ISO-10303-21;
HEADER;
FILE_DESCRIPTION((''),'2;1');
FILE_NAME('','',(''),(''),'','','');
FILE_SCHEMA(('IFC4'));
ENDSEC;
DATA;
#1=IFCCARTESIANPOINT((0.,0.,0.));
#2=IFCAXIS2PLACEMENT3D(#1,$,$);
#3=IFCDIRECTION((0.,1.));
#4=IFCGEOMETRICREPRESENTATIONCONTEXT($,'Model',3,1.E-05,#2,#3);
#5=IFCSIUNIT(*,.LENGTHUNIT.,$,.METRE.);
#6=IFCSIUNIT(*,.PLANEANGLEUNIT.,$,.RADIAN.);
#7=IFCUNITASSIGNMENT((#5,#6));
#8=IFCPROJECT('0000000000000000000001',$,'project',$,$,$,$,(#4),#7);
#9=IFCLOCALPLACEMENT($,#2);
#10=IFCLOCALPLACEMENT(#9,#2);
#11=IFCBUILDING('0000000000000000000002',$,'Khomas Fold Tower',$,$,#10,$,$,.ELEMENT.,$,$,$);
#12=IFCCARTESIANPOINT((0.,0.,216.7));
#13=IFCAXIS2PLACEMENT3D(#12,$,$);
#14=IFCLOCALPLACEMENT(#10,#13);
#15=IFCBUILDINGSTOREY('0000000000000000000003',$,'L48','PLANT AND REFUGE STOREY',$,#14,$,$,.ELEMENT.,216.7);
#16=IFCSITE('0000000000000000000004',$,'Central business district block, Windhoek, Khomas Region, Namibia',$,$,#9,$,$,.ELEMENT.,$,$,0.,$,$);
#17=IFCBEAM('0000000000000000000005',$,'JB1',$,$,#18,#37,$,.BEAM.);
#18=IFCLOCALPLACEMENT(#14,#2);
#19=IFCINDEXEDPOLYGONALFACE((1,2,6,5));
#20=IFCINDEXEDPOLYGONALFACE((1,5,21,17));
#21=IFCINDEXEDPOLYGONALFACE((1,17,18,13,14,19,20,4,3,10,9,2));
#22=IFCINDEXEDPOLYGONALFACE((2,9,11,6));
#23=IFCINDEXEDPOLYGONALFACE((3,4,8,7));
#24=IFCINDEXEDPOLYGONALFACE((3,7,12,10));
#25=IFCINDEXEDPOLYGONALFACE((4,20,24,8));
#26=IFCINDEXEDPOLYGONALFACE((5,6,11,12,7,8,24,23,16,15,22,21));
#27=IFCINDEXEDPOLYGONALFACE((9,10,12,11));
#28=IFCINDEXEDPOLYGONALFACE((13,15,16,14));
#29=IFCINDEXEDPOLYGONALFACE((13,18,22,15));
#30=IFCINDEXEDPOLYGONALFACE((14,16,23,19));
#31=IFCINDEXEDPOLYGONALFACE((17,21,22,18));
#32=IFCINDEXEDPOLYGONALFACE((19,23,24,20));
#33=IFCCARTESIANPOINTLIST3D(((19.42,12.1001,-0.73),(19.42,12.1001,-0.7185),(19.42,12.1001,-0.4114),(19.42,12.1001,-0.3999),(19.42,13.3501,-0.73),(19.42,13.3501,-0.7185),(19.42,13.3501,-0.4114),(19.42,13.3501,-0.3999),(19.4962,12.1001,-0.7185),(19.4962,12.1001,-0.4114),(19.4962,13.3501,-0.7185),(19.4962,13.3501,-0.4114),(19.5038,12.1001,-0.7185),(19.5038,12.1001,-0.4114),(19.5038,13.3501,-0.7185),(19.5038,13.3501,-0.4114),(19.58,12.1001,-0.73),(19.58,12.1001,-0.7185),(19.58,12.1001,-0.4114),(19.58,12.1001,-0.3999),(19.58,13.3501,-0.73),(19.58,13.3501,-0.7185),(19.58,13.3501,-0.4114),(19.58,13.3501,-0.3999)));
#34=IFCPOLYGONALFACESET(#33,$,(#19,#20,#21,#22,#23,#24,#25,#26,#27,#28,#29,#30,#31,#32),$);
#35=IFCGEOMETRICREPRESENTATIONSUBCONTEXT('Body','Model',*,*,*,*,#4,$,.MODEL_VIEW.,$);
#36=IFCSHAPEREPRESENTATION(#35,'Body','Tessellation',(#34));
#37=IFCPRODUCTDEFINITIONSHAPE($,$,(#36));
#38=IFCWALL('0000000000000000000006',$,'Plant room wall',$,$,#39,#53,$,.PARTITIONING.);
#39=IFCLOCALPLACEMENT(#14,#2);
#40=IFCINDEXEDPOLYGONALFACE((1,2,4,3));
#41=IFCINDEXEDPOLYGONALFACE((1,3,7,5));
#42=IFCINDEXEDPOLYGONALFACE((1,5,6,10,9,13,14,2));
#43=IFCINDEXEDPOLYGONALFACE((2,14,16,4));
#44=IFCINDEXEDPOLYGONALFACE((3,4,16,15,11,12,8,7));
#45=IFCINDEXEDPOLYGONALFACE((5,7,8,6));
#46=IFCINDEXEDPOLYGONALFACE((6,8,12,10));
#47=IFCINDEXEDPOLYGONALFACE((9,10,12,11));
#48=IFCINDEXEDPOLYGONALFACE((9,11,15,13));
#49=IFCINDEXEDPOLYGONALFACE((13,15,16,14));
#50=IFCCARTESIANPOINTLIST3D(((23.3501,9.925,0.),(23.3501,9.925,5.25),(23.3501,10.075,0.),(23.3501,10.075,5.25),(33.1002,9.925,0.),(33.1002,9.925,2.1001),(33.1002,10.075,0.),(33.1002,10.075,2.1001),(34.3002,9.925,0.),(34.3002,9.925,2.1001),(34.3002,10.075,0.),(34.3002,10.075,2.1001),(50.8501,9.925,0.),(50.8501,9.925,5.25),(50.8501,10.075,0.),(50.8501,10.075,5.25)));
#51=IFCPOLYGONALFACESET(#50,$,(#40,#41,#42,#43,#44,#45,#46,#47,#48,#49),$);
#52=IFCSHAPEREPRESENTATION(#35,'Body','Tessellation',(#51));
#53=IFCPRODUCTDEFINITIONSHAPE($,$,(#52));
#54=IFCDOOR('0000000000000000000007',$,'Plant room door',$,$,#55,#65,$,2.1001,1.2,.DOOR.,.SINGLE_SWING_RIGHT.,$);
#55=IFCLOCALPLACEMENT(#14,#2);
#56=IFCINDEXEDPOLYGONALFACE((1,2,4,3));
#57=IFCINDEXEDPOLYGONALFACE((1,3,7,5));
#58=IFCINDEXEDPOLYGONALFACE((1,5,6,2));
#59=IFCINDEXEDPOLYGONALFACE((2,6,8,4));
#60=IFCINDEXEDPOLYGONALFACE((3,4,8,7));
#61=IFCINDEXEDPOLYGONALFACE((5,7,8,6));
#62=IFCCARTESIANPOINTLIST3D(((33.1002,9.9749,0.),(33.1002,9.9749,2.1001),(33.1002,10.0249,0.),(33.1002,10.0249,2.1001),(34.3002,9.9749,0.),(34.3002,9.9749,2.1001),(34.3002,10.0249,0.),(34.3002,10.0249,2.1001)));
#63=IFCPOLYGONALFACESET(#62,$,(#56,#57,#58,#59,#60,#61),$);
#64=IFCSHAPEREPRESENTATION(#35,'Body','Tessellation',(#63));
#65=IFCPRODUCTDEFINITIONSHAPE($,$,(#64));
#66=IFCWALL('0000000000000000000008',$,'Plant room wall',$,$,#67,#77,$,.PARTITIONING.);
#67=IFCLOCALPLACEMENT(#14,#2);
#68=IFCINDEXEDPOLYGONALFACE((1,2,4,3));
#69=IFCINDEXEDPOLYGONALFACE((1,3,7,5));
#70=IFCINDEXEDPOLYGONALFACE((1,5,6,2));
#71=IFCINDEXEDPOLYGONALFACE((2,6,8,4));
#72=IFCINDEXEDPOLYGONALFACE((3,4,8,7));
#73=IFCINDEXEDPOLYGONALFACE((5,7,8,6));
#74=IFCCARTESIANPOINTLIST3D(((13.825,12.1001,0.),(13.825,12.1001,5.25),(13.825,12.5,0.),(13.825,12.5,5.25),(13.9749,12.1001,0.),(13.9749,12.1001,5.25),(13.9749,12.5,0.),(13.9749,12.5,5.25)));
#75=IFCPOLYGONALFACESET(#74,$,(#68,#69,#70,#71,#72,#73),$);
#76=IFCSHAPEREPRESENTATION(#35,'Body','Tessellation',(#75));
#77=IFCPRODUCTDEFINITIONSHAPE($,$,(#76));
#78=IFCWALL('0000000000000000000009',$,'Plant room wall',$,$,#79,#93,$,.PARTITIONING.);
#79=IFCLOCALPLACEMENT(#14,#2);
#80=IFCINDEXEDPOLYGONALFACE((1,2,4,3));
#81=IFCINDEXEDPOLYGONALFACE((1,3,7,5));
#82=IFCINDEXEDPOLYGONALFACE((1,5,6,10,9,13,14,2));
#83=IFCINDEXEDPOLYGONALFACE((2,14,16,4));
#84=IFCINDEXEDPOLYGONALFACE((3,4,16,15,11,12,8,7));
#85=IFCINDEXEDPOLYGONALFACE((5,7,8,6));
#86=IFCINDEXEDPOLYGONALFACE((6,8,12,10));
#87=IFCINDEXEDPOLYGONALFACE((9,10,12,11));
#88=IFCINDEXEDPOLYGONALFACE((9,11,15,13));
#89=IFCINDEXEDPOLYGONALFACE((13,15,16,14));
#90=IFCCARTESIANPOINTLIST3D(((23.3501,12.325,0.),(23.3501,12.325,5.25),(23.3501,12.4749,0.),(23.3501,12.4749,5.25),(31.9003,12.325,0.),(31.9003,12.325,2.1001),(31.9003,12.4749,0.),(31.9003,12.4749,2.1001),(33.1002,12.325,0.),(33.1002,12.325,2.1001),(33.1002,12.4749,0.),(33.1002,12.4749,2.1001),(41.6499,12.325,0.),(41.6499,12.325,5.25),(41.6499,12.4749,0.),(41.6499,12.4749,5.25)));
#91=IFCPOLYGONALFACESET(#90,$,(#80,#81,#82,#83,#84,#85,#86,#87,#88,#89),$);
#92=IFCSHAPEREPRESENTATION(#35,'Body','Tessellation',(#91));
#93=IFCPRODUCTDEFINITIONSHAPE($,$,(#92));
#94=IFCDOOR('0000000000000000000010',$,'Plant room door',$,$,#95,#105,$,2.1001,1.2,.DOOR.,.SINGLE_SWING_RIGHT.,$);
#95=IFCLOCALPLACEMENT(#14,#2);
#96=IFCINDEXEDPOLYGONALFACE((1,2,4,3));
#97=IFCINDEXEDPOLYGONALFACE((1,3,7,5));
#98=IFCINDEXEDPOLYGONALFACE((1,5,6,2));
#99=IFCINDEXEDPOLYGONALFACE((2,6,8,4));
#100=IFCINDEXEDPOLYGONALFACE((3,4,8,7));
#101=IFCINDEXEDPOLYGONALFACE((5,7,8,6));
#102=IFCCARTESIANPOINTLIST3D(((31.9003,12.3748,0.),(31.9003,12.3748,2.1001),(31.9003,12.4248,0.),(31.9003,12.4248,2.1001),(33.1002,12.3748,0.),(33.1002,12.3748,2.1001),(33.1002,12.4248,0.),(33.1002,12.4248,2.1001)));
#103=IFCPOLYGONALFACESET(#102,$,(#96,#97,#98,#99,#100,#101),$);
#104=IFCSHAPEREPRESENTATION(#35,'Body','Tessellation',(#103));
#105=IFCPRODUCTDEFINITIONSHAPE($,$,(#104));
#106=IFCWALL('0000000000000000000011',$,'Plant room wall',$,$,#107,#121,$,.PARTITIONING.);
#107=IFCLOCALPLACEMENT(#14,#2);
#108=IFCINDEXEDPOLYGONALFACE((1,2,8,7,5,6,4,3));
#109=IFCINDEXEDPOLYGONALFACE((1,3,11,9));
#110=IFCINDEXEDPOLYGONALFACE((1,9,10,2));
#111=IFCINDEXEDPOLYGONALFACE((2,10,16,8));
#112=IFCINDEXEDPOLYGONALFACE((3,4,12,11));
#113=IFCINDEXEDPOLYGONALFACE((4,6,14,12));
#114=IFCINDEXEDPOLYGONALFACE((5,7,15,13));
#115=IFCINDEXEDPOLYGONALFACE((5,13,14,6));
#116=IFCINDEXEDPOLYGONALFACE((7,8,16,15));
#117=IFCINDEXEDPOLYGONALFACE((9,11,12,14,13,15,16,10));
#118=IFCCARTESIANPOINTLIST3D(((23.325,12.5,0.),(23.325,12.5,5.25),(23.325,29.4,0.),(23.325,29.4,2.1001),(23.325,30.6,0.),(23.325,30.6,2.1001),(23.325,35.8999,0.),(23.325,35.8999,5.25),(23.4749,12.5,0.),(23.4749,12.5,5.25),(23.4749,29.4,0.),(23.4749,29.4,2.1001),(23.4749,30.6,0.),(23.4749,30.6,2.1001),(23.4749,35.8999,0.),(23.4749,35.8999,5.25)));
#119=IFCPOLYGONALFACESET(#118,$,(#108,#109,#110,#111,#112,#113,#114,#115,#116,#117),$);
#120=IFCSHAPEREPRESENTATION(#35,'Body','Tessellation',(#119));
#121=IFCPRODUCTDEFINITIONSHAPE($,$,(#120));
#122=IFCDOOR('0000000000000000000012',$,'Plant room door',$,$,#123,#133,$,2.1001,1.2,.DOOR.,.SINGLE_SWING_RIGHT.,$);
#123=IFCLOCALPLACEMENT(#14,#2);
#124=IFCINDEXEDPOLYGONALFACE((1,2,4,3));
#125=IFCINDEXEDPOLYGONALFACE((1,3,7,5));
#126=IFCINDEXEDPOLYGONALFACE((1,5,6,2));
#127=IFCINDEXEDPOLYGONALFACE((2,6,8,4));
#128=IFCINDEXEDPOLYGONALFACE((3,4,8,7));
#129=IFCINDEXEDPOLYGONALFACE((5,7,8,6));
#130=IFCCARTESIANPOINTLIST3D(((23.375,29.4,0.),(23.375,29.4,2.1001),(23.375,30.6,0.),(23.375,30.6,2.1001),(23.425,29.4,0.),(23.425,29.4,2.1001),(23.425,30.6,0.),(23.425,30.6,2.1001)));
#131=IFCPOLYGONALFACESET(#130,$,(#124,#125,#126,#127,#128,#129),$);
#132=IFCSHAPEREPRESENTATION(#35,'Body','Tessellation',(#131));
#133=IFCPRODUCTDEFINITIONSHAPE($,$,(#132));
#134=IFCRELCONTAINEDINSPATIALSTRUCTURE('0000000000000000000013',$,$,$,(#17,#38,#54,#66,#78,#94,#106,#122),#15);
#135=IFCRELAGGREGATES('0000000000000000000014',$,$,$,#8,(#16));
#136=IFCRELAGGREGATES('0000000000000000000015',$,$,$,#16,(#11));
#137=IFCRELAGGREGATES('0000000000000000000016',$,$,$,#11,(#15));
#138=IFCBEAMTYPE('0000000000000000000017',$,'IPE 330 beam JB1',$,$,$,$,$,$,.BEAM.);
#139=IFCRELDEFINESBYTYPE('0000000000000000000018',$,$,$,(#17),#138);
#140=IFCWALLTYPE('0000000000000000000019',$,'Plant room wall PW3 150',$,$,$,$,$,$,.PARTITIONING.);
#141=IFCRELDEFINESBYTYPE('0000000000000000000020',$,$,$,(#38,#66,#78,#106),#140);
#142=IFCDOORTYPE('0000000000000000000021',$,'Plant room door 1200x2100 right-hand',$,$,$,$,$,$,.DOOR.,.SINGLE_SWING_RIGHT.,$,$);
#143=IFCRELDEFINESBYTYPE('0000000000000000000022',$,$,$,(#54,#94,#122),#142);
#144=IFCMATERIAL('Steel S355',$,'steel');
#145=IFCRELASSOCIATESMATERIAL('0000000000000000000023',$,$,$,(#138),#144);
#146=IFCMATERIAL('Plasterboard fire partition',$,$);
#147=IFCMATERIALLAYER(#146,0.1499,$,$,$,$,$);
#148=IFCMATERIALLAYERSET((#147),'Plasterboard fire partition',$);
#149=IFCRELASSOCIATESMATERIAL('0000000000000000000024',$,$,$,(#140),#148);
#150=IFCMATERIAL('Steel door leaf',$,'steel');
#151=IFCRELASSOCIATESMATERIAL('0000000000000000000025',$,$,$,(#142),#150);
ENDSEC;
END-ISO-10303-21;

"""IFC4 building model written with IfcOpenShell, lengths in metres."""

from ifc_helpers import new_model, si_unit, direction, frame, frame_2d, origin, origin_2d, place, context, subcontext, project, spatial, rectangle, i_section, extrude, source, transform, mapped, material, layer, layer_set, material_profile, profile_set, type_object, element, fill, save


model = new_model("IFC4")

# Units and contexts
model_context = context("Model", 3, precision=1e-05, world=origin(), true_north=direction((0.0, 1.0)))
body_context = subcontext(model_context, "Body", "Model", "MODEL_VIEW")
ifc_project = project(units=[si_unit("LENGTHUNIT", "METRE"), si_unit("PLANEANGLEUNIT", "RADIAN")], contexts=[model_context])

# Site, building, storey
site_placement = place(None, origin())
site = spatial("IfcSite", under=ifc_project, at=site_placement, Name="Central business district block, Windhoek, Khomas Region, Namibia", CompositionType="ELEMENT", RefElevation=0.0)
building_placement = place(site_placement, origin())
building = spatial("IfcBuilding", under=site, at=building_placement, Name="Khomas Fold Tower", CompositionType="ELEMENT")
storey_placement = place(building_placement, frame((0.0, 0.0, 216.7)))
storey = spatial("IfcBuildingStorey", under=building, at=storey_placement, Name="L48", Description="PLANT AND REFUGE STOREY", CompositionType="ELEMENT", Elevation=216.7)

# Beam
ifc_material_1 = material(Name="Steel S355", Category="steel")
ifc_material_profile = material_profile(ifc_material_1, i_section(OverallWidth=0.1599, OverallDepth=0.3301, WebThickness=0.0076, FlangeThickness=0.0115, at=origin_2d()), Name="IPE 330")
ifc_profile_set = profile_set([ifc_material_profile], Name="Steel S355")
beam_type = type_object("IfcBeamType", Name="IPE 330 beam JB1", PredefinedType="BEAM", material=ifc_profile_set)
shared_shape_1 = source(origin(), body_context, "Body", "SweptSolid", [
    extrude(i_section(OverallWidth=0.1599, OverallDepth=0.3301, WebThickness=0.0076, FlangeThickness=0.0115, at=origin_2d()), origin(), (0.0, 0.0, 1.0), 1.25),
])
beam_placement = place(storey_placement, frame((19.5, 12.1001, -0.5649), z_axis=(0.0, 1.0, 0.0), x_axis=(-1.0, 0.0, 0.0)))
element("IfcBeam", 1, at=beam_placement, inside=storey, type_object=beam_type, Name="JB1", PredefinedType="BEAM", context=body_context, shape_type="MappedRepresentation", body=[
    mapped(shared_shape_1, transform((0.0, 0.0, 0.0))),
])

# Wall, opening, door
ifc_material_2 = material(Name="Plasterboard fire partition")
ifc_layer = layer(ifc_material_2, 0.1499)
ifc_layer_set = layer_set([ifc_layer], Name="Plasterboard fire partition")
wall_type = type_object("IfcWallType", Name="Plant room wall PW3 150", PredefinedType="PARTITIONING", material=ifc_layer_set)
shared_shape_2 = source(origin(), body_context, "Body", "SweptSolid", [
    extrude(rectangle(XDim=27.5, YDim=0.1499, at=frame_2d((13.75, 0.0))), origin(), (0.0, 0.0, 1.0), 5.25),
])
wall_1_placement = place(storey_placement, frame((23.3501, 10.0, 0.0), z_axis=(0.0, 0.0, 1.0), x_axis=(1.0, 0.0, 0.0)))
wall_1 = element("IfcWall", 2, at=wall_1_placement, inside=storey, type_object=wall_type, Name="Plant room wall", PredefinedType="PARTITIONING", context=body_context, shape_type="MappedRepresentation", body=[
    mapped(shared_shape_2, transform((0.0, 0.0, 0.0))),
])
shared_shape_3 = source(origin(), body_context, "Body", "SweptSolid", [
    extrude(rectangle(XDim=1.2, YDim=2.1001, at=frame_2d((0.6001, 1.05))), frame((0.0, 0.085, 0.0), z_axis=(0.0, -1.0, 0.0), x_axis=(1.0, 0.0, 0.0)), (0.0, 0.0, 1.0), 0.1699),
])
opening_1_placement = place(wall_1_placement, frame((9.75, 0.0, 0.0)))
opening_1 = element("IfcOpeningElement", 3, at=opening_1_placement, cuts=wall_1, PredefinedType="OPENING", context=body_context, shape_type="MappedRepresentation", body=[
    mapped(shared_shape_3, transform((0.0, 0.0, 0.0))),
])
ifc_material_3 = material(Name="Steel door leaf", Category="steel")
door_type = type_object("IfcDoorType", Name="Plant room door 1200x2100 right-hand", OperationType="SINGLE_SWING_RIGHT", PredefinedType="DOOR", material=ifc_material_3)
shared_shape_4 = source(origin(), body_context, "Body", "SweptSolid", [
    extrude(rectangle(XDim=1.2, YDim=2.1001, at=frame_2d((0.6001, 1.05))), frame((0.0, 0.0249, 0.0), z_axis=(0.0, -1.0, 0.0), x_axis=(1.0, 0.0, 0.0)), (0.0, 0.0, 1.0), 0.05),
])
door_1_placement = place(opening_1_placement, origin())
door_1 = element("IfcDoor", 4, at=door_1_placement, inside=storey, type_object=door_type, Name="Plant room door", OperationType="SINGLE_SWING_RIGHT", OverallHeight=2.1001, OverallWidth=1.2, PredefinedType="DOOR", context=body_context, shape_type="MappedRepresentation", body=[
    mapped(shared_shape_4, transform((0.0, 0.0, 0.0))),
])
fill(opening_1, door_1)

# Wall
shared_shape_5 = source(origin(), body_context, "Body", "SweptSolid", [
    extrude(rectangle(XDim=0.3999, YDim=0.1499, at=frame_2d((0.2, 0.0))), origin(), (0.0, 0.0, 1.0), 5.25),
])
wall_2_placement = place(storey_placement, frame((13.8999, 12.1001, 0.0), z_axis=(0.0, 0.0, 1.0), x_axis=(0.0, 1.0, 0.0)))
element("IfcWall", 5, at=wall_2_placement, inside=storey, type_object=wall_type, Name="Plant room wall", PredefinedType="PARTITIONING", context=body_context, shape_type="MappedRepresentation", body=[
    mapped(shared_shape_5, transform((0.0, 0.0, 0.0))),
])

# Walls, openings, doors
shared_shape_6 = source(origin(), body_context, "Body", "SweptSolid", [
    extrude(rectangle(XDim=18.2998, YDim=0.1499, at=frame_2d((9.1499, 0.0))), origin(), (0.0, 0.0, 1.0), 5.25),
])
wall_3_placement = place(storey_placement, frame((23.3501, 12.3999, 0.0), z_axis=(0.0, 0.0, 1.0), x_axis=(1.0, 0.0, 0.0)))
wall_3 = element("IfcWall", 6, at=wall_3_placement, inside=storey, type_object=wall_type, Name="Plant room wall", PredefinedType="PARTITIONING", context=body_context, shape_type="MappedRepresentation", body=[
    mapped(shared_shape_6, transform((0.0, 0.0, 0.0))),
])
opening_2_placement = place(wall_3_placement, frame((8.55, 0.0, 0.0)))
opening_2 = element("IfcOpeningElement", 7, at=opening_2_placement, cuts=wall_3, PredefinedType="OPENING", context=body_context, shape_type="MappedRepresentation", body=[
    mapped(shared_shape_3, transform((0.0, 0.0, 0.0))),
])
door_2_placement = place(opening_2_placement, origin())
door_2 = element("IfcDoor", 8, at=door_2_placement, inside=storey, type_object=door_type, Name="Plant room door", OperationType="SINGLE_SWING_RIGHT", OverallHeight=2.1001, OverallWidth=1.2, PredefinedType="DOOR", context=body_context, shape_type="MappedRepresentation", body=[
    mapped(shared_shape_4, transform((0.0, 0.0, 0.0))),
])
fill(opening_2, door_2)
shared_shape_7 = source(origin(), body_context, "Body", "SweptSolid", [
    extrude(rectangle(XDim=23.3999, YDim=0.1499, at=frame_2d((11.7, 0.0))), origin(), (0.0, 0.0, 1.0), 5.25),
])
wall_4_placement = place(storey_placement, frame((23.3999, 12.5, 0.0), z_axis=(0.0, 0.0, 1.0), x_axis=(0.0, 1.0, 0.0)))
wall_4 = element("IfcWall", 9, at=wall_4_placement, inside=storey, type_object=wall_type, Name="Plant room wall", PredefinedType="PARTITIONING", context=body_context, shape_type="MappedRepresentation", body=[
    mapped(shared_shape_7, transform((0.0, 0.0, 0.0))),
])
opening_3_placement = place(wall_4_placement, frame((16.8999, 0.0, 0.0)))
opening_3 = element("IfcOpeningElement", 10, at=opening_3_placement, cuts=wall_4, PredefinedType="OPENING", context=body_context, shape_type="MappedRepresentation", body=[
    mapped(shared_shape_3, transform((0.0, 0.0, 0.0))),
])
door_3_placement = place(opening_3_placement, origin())
door_3 = element("IfcDoor", 11, at=door_3_placement, inside=storey, type_object=door_type, Name="Plant room door", OperationType="SINGLE_SWING_RIGHT", OverallHeight=2.1001, OverallWidth=1.2, PredefinedType="DOOR", context=body_context, shape_type="MappedRepresentation", body=[
    mapped(shared_shape_4, transform((0.0, 0.0, 0.0))),
])
fill(opening_3, door_3)

save(model, "model.ifc")
